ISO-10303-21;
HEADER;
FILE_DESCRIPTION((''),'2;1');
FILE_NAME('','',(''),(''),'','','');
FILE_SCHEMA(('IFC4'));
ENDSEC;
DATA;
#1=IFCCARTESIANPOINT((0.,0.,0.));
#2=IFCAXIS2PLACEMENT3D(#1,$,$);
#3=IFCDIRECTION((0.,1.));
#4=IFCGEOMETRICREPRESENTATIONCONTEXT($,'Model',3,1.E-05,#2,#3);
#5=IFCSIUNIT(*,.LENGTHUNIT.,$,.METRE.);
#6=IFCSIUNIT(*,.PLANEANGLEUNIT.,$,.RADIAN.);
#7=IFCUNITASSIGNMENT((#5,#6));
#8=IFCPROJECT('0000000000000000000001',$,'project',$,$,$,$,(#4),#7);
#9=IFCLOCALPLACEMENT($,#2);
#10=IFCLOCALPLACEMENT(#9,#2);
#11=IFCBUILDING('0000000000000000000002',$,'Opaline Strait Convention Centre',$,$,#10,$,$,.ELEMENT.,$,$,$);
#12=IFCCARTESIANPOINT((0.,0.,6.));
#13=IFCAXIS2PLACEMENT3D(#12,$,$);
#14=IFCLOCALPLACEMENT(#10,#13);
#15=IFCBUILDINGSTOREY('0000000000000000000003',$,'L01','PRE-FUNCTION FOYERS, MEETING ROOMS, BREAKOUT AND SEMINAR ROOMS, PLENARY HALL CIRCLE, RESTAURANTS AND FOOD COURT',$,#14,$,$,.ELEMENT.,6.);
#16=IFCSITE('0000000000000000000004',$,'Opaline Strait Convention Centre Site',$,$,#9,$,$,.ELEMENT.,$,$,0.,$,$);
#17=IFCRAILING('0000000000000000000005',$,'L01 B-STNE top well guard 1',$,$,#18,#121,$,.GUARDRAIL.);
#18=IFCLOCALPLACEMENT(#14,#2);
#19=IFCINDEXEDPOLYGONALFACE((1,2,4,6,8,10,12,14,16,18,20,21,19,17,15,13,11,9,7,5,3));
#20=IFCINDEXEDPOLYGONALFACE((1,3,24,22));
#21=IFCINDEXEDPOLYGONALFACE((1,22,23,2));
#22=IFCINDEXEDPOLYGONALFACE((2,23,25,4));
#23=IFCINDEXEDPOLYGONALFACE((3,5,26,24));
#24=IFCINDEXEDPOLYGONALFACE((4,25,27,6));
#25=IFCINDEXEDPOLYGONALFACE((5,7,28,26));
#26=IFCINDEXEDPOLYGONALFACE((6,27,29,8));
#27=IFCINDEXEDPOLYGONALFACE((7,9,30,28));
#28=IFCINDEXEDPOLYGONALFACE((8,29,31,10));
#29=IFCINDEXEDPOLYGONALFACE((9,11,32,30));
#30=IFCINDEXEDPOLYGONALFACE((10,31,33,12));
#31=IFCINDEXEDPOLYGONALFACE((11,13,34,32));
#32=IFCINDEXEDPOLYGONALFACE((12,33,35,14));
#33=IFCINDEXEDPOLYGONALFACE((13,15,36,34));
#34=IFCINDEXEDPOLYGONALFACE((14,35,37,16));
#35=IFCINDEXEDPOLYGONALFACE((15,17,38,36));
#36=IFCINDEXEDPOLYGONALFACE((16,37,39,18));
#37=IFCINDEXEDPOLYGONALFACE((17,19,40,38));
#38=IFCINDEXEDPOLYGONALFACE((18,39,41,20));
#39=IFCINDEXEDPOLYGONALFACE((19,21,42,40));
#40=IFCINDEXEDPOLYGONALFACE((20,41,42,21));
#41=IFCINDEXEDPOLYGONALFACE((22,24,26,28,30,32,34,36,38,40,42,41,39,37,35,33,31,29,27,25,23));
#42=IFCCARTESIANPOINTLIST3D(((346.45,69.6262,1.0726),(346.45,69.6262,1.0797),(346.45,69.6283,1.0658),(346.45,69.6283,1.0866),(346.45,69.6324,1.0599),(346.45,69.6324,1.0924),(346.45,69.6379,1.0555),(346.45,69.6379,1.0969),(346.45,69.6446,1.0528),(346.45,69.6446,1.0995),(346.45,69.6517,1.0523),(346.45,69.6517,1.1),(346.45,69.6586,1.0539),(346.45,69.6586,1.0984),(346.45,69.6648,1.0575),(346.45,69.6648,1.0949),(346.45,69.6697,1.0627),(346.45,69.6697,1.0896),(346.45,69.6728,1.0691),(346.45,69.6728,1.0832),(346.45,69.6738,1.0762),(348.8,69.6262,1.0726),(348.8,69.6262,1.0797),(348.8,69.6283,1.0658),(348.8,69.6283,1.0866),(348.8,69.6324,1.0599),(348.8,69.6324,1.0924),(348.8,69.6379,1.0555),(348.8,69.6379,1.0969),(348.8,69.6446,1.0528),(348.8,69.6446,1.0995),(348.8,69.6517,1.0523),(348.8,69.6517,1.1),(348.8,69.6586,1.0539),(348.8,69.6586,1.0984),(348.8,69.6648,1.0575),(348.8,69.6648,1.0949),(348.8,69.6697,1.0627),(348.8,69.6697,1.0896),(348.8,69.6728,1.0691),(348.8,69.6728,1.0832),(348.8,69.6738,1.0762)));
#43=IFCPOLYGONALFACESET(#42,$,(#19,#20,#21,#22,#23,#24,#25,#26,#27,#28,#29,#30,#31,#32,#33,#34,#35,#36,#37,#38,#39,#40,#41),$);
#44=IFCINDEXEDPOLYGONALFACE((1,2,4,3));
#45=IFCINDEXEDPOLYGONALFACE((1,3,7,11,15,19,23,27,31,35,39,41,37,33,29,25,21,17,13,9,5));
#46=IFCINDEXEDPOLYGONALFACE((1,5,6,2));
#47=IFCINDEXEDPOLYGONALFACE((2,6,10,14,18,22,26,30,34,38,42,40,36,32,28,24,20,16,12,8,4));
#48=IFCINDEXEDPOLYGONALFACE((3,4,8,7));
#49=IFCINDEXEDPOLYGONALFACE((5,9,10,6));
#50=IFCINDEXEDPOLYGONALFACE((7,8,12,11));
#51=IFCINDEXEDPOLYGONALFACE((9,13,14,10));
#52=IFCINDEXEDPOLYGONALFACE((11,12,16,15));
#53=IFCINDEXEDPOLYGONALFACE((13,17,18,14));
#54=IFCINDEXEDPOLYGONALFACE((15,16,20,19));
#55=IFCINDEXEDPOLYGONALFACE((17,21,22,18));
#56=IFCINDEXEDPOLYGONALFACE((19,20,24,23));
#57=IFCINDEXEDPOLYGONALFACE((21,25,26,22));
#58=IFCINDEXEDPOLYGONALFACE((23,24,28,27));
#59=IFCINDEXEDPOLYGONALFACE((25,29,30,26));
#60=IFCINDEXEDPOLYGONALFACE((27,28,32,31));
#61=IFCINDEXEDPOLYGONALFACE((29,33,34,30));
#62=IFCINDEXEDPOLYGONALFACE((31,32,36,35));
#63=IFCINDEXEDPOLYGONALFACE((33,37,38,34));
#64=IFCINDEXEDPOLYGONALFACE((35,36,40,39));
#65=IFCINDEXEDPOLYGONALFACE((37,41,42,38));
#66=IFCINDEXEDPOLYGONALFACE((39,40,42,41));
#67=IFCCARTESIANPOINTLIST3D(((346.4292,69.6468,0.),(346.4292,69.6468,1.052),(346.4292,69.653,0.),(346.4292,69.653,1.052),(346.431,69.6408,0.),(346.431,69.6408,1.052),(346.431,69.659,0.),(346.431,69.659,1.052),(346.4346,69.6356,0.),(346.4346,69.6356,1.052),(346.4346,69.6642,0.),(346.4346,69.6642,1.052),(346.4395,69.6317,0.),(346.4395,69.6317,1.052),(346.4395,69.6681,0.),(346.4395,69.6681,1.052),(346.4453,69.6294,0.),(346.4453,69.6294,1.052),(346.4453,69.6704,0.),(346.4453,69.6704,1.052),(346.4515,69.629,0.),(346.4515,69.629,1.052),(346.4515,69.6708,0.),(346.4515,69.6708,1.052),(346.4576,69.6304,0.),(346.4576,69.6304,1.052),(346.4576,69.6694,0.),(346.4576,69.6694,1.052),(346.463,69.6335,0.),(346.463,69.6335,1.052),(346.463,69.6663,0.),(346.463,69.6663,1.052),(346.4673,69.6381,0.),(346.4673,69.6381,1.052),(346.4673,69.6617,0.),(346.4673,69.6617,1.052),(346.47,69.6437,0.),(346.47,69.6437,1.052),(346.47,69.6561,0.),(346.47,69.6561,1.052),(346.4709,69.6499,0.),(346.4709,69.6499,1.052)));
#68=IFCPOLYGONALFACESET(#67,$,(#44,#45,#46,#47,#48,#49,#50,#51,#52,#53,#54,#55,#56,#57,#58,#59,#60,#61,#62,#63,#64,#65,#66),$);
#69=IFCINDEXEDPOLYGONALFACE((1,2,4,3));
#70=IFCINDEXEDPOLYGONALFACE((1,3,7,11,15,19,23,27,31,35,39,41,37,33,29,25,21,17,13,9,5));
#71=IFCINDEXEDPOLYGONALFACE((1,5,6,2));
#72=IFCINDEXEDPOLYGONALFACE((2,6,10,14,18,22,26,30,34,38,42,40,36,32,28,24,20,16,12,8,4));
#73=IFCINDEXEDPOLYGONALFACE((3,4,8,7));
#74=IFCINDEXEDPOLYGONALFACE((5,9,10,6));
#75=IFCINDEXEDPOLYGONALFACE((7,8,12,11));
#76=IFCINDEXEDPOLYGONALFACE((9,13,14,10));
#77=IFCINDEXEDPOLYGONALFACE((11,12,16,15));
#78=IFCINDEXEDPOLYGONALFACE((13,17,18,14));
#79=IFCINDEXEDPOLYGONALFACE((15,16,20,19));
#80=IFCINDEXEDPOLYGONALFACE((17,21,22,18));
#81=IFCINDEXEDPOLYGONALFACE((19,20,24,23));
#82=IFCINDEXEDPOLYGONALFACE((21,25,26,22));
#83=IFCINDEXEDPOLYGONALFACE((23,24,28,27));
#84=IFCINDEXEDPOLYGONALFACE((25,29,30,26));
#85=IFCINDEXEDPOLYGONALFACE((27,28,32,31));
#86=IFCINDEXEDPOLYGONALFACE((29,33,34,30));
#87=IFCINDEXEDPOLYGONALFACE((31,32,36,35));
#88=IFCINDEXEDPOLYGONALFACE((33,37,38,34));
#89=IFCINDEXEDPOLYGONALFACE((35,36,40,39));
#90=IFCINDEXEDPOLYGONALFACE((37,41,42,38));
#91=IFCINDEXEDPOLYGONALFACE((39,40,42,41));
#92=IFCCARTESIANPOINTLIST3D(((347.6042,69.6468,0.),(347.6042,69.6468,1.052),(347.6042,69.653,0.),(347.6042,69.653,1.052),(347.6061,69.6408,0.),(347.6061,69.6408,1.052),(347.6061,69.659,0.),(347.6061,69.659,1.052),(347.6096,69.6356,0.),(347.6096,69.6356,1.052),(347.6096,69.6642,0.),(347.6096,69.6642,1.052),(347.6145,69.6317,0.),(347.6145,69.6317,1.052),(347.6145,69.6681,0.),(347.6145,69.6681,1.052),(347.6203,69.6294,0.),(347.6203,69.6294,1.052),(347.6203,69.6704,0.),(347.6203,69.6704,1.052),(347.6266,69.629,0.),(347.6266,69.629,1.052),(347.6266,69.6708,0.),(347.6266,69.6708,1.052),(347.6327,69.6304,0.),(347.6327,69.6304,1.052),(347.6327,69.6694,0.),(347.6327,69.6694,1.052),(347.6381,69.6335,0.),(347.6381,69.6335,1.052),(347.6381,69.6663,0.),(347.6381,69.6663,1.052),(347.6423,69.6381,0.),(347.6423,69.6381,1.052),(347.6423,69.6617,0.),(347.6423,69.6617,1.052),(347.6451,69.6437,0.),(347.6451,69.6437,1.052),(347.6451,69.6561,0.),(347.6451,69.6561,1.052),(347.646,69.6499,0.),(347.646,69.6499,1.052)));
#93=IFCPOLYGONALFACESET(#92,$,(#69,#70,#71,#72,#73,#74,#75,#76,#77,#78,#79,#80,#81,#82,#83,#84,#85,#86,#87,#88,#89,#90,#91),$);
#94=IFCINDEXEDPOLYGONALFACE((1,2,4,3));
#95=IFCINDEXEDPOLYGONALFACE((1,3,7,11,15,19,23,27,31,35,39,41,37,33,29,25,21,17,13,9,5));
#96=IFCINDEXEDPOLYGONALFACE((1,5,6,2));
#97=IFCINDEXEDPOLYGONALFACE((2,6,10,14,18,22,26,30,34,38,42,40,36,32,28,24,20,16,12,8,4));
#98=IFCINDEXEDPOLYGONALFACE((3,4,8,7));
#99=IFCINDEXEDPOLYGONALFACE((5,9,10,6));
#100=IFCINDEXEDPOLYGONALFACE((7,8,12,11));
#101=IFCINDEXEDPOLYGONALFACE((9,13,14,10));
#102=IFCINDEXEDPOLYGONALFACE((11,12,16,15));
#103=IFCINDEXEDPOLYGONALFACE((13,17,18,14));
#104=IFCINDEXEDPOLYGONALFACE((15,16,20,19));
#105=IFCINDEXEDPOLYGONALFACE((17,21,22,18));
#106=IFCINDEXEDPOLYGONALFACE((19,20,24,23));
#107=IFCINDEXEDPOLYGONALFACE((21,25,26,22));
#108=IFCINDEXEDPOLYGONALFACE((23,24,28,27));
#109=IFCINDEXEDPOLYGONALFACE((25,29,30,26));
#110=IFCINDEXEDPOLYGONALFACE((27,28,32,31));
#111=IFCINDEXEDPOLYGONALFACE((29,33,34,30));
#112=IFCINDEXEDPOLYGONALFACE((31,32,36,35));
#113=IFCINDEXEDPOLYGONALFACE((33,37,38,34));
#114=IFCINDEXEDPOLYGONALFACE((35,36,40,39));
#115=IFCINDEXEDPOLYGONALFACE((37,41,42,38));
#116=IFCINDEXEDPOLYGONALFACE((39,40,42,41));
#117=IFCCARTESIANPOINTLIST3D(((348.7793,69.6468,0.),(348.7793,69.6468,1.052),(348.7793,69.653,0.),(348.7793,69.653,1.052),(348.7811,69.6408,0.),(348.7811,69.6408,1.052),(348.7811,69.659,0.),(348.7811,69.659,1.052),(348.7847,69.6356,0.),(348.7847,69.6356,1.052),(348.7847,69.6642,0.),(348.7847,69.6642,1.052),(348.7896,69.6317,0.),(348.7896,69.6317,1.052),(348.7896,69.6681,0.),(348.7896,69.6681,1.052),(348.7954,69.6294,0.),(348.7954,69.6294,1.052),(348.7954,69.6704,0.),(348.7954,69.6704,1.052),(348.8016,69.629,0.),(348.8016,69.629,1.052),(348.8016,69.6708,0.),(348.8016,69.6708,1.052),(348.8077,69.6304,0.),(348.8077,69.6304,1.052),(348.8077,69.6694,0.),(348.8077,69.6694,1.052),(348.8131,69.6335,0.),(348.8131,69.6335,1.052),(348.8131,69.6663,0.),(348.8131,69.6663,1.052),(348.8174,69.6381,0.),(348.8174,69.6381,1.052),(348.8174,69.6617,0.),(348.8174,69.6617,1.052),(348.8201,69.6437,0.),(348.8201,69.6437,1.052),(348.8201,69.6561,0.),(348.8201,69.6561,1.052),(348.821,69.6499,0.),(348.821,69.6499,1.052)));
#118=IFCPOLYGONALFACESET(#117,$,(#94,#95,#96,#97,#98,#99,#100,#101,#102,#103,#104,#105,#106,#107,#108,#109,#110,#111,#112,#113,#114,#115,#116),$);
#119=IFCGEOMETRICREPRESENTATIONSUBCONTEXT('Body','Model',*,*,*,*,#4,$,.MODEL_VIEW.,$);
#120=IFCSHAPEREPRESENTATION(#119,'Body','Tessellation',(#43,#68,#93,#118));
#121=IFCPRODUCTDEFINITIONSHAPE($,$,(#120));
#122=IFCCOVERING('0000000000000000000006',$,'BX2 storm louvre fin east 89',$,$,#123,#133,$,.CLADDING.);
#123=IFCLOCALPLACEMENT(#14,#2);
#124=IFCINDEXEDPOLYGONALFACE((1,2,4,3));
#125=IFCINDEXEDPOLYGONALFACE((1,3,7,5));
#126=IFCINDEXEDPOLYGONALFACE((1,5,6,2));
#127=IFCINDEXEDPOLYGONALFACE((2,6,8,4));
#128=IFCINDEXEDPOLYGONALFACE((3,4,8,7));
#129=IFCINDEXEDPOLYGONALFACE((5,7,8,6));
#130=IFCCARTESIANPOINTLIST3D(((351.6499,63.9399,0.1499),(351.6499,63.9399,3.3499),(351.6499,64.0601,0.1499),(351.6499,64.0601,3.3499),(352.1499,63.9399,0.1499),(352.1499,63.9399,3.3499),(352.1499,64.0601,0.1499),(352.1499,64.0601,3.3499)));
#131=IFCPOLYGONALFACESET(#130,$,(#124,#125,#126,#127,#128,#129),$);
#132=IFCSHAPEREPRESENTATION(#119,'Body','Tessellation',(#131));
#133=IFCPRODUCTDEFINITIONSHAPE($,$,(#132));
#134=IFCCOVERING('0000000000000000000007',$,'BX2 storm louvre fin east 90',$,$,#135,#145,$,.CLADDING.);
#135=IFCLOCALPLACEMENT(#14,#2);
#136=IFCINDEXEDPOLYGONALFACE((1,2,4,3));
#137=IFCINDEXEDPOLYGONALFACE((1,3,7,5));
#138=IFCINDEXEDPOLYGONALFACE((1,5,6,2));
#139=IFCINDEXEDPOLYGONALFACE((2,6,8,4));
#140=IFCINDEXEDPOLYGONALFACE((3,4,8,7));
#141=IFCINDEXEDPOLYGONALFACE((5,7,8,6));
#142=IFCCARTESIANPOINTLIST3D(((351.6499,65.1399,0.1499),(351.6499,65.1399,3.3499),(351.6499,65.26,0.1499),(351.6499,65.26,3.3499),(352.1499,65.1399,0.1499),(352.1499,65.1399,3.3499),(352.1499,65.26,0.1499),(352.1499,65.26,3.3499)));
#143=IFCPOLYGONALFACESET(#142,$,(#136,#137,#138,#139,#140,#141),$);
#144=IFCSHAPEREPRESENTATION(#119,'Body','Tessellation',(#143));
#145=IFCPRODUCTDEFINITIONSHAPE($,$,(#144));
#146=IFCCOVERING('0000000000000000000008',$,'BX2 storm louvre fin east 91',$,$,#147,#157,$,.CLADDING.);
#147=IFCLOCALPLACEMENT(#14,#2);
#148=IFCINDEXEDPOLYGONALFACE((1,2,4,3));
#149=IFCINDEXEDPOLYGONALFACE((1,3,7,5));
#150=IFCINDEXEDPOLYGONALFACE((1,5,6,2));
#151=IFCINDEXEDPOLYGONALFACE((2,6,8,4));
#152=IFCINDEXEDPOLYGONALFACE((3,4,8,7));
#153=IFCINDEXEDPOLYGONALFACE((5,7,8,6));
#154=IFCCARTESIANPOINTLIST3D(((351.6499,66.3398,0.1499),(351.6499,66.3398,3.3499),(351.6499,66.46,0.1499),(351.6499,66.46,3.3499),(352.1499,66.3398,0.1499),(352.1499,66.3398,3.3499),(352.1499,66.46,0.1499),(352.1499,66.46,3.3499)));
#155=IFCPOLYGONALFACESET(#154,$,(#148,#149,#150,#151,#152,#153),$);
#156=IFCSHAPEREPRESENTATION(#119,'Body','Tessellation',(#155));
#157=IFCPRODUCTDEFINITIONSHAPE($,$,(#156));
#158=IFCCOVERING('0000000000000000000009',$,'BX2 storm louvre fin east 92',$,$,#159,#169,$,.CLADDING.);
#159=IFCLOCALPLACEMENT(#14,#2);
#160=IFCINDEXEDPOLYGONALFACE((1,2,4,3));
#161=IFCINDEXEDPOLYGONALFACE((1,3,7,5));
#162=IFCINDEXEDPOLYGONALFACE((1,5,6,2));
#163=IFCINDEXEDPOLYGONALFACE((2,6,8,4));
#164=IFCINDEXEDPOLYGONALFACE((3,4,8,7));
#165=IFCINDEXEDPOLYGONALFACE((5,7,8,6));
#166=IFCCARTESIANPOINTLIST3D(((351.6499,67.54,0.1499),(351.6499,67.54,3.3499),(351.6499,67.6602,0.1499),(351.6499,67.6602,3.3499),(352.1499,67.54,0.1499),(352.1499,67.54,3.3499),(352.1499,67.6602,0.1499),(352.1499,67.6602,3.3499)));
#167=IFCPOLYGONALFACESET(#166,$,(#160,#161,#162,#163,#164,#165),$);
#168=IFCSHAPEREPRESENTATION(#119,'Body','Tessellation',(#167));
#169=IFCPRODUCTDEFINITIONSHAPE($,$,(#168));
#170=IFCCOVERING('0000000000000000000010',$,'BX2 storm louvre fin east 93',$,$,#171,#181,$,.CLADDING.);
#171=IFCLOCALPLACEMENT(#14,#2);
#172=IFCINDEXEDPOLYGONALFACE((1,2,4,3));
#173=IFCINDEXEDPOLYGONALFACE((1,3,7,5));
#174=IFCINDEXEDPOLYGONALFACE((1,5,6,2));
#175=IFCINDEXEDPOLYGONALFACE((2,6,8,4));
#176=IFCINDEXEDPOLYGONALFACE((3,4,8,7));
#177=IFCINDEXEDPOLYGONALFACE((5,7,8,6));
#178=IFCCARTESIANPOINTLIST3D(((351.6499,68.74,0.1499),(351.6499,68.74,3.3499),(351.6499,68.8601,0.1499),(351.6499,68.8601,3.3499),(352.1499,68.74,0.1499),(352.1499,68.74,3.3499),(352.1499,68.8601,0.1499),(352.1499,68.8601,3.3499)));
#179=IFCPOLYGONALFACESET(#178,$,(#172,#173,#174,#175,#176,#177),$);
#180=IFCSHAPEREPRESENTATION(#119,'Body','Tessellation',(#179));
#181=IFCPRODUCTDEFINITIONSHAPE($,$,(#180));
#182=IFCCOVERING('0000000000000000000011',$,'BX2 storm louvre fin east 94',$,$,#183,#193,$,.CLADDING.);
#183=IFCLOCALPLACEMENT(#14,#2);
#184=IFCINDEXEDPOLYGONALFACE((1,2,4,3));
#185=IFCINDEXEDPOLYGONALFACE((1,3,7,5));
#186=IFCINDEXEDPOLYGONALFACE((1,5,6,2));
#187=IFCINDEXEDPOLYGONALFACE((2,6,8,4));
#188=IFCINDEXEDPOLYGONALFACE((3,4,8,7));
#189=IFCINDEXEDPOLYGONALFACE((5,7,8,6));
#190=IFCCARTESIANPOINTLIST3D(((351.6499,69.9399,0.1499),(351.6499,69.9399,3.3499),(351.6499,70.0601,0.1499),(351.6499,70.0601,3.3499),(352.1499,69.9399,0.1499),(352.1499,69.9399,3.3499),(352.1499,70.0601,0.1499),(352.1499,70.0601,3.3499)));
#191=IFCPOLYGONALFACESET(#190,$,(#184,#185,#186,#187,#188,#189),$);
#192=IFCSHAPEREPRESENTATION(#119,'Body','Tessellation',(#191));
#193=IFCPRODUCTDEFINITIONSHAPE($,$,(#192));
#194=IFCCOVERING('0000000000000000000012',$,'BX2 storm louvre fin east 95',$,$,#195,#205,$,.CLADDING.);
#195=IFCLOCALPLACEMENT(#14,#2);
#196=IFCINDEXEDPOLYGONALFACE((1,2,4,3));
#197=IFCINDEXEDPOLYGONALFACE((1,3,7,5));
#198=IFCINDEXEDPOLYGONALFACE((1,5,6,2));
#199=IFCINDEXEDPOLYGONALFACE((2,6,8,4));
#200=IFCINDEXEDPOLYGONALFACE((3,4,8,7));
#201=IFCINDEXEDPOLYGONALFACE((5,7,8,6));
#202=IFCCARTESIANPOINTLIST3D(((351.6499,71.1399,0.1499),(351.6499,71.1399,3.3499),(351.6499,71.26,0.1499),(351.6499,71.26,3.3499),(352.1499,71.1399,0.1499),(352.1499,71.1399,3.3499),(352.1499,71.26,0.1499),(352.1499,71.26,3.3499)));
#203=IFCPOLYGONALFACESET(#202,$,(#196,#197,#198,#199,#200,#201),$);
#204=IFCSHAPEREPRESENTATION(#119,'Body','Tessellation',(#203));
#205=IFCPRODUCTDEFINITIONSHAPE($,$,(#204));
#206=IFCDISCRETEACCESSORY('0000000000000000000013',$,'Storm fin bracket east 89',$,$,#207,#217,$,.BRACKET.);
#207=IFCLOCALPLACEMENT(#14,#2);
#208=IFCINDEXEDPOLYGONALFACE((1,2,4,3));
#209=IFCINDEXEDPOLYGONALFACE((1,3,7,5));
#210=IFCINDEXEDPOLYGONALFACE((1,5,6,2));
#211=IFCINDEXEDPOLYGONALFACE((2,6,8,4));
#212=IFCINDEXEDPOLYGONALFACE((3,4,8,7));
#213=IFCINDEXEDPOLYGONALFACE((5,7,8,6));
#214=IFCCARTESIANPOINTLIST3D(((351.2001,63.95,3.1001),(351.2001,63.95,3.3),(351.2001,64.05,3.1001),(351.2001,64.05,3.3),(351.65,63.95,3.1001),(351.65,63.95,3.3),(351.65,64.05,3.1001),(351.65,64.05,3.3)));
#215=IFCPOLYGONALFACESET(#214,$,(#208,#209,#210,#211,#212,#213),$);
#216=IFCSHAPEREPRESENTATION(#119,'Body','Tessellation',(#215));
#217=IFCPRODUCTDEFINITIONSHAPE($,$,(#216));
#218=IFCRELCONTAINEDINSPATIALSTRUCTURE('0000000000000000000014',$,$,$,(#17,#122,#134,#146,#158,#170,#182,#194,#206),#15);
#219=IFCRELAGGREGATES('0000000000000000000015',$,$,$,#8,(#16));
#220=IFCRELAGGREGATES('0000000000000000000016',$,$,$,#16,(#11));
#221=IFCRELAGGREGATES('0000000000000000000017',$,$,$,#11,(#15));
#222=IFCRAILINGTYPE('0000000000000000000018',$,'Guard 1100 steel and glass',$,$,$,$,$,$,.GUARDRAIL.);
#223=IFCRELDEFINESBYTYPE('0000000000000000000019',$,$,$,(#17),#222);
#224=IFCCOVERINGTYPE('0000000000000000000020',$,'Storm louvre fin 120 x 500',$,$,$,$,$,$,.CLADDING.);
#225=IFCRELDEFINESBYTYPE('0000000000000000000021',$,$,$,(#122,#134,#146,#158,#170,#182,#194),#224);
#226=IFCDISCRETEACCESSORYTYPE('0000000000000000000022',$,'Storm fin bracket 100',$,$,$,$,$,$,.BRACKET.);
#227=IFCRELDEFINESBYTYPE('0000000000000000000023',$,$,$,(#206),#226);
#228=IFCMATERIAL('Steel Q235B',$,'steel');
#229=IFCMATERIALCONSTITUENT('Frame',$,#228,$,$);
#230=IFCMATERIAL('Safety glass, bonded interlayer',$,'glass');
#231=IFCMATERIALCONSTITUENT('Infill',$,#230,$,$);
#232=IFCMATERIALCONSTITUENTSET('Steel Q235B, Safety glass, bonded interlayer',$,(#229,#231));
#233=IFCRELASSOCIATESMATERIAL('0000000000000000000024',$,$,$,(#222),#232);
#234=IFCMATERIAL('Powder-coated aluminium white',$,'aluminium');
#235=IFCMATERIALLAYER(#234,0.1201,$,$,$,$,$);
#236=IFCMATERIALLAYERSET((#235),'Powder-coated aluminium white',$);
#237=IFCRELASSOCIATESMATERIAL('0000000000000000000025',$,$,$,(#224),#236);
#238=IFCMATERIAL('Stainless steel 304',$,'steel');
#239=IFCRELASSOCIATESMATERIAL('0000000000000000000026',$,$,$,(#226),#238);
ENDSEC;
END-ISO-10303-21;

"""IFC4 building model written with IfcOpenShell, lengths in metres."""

from ifc_helpers import new_model, si_unit, direction, frame, origin, origin_2d, place, context, subcontext, project, spatial, rectangle, circle, extrude, material, layer, layer_set, constituent, constituent_set, type_object, element, save


model = new_model("IFC4")

# Units and contexts
model_context = context("Model", 3, precision=1e-05, world=origin(), true_north=direction((0.0, 1.0)))
body_context = subcontext(model_context, "Body", "Model", "MODEL_VIEW")
ifc_project = project(units=[si_unit("LENGTHUNIT", "METRE"), si_unit("PLANEANGLEUNIT", "RADIAN")], contexts=[model_context])

# Site, building, storey
site_placement = place(None, origin())
site = spatial("IfcSite", under=ifc_project, at=site_placement, Name="Opaline Strait Convention Centre Site", CompositionType="ELEMENT", RefElevation=0.0)
building_placement = place(site_placement, origin())
building = spatial("IfcBuilding", under=site, at=building_placement, Name="Opaline Strait Convention Centre", CompositionType="ELEMENT")
storey_placement = place(building_placement, frame((0.0, 0.0, 6.0)))
storey = spatial("IfcBuildingStorey", under=building, at=storey_placement, Name="L01", Description="PRE-FUNCTION FOYERS, MEETING ROOMS, BREAKOUT AND SEMINAR ROOMS, PLENARY HALL CIRCLE, RESTAURANTS AND FOOD COURT", CompositionType="ELEMENT", Elevation=6.0)

# Shared definitions
ifc_material_1 = material(Name="Steel Q235B", Category="steel")

# Railing
ifc_constituent_1 = constituent(ifc_material_1, Name="Frame")
ifc_material_2 = material(Name="Safety glass, bonded interlayer", Category="glass")
ifc_constituent_2 = constituent(ifc_material_2, Name="Infill")
ifc_constituent_set = constituent_set(constituents=[ifc_constituent_1, ifc_constituent_2], Name="Steel Q235B, Safety glass, bonded interlayer")
railing_type = type_object("IfcRailingType", Name="Guard 1100 steel and glass", PredefinedType="GUARDRAIL", material=ifc_constituent_set)
railing_placement = place(storey_placement, frame((346.45, 69.6499, 0.0)))
element("IfcRailing", 1, at=railing_placement, inside=storey, type_object=railing_type, Name="L01 B-STNE top well guard 1", PredefinedType="GUARDRAIL", context=body_context, shape_type="SweptSolid", body=[
    extrude(circle(Radius=0.0239, at=origin_2d()), frame((0.0, 0.0, 1.0762), z_axis=(1.0, 0.0, 0.0), x_axis=(0.0, 1.0, 0.0)), (0.0, 0.0, 1.0), 2.3501),
    extrude(circle(Radius=0.021, at=origin_2d()), origin(), (0.0, 0.0, 1.0), 1.052),
    extrude(circle(Radius=0.021, at=origin_2d()), frame((1.175, 0.0, 0.0)), (0.0, 0.0, 1.0), 1.052),
    extrude(circle(Radius=0.021, at=origin_2d()), frame((2.3501, 0.0, 0.0)), (0.0, 0.0, 1.0), 1.052),
])

# Coverings
ifc_material_3 = material(Name="Powder-coated aluminium white", Category="aluminium")
ifc_layer_1 = layer(ifc_material_3, 0.1201)
ifc_layer_set_1 = layer_set([ifc_layer_1], Name="Powder-coated aluminium white")
covering_type = type_object("IfcCoveringType", Name="Storm louvre fin 120 x 500", PredefinedType="CLADDING", material=ifc_layer_set_1)
for number, where, z_axis, x_axis, name in (
    (2, (351.8999, 64.0, 0.1499), (0.0, 0.0, 1.0), (1.0, 0.0, 0.0), "BX2 storm louvre fin east 89"),
    (3, (351.8999, 65.2, 0.1499), (0.0, 0.0, 1.0), (1.0, 0.0, 0.0), "BX2 storm louvre fin east 90"),
    (4, (351.8999, 66.3999, 0.1499), (0.0, 0.0, 1.0), (1.0, 0.0, 0.0), "BX2 storm louvre fin east 91"),
    (5, (351.8999, 67.6001, 0.1499), (0.0, 0.0, 1.0), (1.0, 0.0, 0.0), "BX2 storm louvre fin east 92"),
    (6, (351.8999, 68.8, 0.1499), (0.0, 0.0, 1.0), (1.0, 0.0, 0.0), "BX2 storm louvre fin east 93"),
    (7, (351.8999, 70.0, 0.1499), (0.0, 0.0, 1.0), (1.0, 0.0, 0.0), "BX2 storm louvre fin east 94"),
    (8, (351.8999, 71.2, 0.1499), (0.0, 0.0, 1.0), (1.0, 0.0, 0.0), "BX2 storm louvre fin east 95"),
):
    element("IfcCovering", number, at=place(storey_placement, frame(where, z_axis=z_axis, x_axis=x_axis)), inside=storey, type_object=covering_type, Name=name, PredefinedType="CLADDING", context=body_context, shape_type="SweptSolid", body=[
        extrude(rectangle(XDim=0.5, YDim=0.1201, at=origin_2d()), origin(), (0.0, 0.0, 1.0), 3.2),
    ])

# Discrete accessory
ifc_material_4 = material(Name="Stainless steel 304", Category="steel")
discrete_accessory_type = type_object("IfcDiscreteAccessoryType", Name="Storm fin bracket 100", PredefinedType="BRACKET", material=ifc_material_4)
for number, where, z_axis, x_axis, name in (
    (9, (351.425, 64.0, 3.1001), (0.0, 0.0, 1.0), (1.0, 0.0, 0.0), "Storm fin bracket east 89"),
):
    element("IfcDiscreteAccessory", number, at=place(storey_placement, frame(where, z_axis=z_axis, x_axis=x_axis)), inside=storey, type_object=discrete_accessory_type, Name=name, PredefinedType="BRACKET", context=body_context, shape_type="SweptSolid", body=[
        extrude(rectangle(XDim=0.45, YDim=0.1001, at=origin_2d()), origin(), (0.0, 0.0, 1.0), 0.2),
    ])

save(model, "model.ifc")
